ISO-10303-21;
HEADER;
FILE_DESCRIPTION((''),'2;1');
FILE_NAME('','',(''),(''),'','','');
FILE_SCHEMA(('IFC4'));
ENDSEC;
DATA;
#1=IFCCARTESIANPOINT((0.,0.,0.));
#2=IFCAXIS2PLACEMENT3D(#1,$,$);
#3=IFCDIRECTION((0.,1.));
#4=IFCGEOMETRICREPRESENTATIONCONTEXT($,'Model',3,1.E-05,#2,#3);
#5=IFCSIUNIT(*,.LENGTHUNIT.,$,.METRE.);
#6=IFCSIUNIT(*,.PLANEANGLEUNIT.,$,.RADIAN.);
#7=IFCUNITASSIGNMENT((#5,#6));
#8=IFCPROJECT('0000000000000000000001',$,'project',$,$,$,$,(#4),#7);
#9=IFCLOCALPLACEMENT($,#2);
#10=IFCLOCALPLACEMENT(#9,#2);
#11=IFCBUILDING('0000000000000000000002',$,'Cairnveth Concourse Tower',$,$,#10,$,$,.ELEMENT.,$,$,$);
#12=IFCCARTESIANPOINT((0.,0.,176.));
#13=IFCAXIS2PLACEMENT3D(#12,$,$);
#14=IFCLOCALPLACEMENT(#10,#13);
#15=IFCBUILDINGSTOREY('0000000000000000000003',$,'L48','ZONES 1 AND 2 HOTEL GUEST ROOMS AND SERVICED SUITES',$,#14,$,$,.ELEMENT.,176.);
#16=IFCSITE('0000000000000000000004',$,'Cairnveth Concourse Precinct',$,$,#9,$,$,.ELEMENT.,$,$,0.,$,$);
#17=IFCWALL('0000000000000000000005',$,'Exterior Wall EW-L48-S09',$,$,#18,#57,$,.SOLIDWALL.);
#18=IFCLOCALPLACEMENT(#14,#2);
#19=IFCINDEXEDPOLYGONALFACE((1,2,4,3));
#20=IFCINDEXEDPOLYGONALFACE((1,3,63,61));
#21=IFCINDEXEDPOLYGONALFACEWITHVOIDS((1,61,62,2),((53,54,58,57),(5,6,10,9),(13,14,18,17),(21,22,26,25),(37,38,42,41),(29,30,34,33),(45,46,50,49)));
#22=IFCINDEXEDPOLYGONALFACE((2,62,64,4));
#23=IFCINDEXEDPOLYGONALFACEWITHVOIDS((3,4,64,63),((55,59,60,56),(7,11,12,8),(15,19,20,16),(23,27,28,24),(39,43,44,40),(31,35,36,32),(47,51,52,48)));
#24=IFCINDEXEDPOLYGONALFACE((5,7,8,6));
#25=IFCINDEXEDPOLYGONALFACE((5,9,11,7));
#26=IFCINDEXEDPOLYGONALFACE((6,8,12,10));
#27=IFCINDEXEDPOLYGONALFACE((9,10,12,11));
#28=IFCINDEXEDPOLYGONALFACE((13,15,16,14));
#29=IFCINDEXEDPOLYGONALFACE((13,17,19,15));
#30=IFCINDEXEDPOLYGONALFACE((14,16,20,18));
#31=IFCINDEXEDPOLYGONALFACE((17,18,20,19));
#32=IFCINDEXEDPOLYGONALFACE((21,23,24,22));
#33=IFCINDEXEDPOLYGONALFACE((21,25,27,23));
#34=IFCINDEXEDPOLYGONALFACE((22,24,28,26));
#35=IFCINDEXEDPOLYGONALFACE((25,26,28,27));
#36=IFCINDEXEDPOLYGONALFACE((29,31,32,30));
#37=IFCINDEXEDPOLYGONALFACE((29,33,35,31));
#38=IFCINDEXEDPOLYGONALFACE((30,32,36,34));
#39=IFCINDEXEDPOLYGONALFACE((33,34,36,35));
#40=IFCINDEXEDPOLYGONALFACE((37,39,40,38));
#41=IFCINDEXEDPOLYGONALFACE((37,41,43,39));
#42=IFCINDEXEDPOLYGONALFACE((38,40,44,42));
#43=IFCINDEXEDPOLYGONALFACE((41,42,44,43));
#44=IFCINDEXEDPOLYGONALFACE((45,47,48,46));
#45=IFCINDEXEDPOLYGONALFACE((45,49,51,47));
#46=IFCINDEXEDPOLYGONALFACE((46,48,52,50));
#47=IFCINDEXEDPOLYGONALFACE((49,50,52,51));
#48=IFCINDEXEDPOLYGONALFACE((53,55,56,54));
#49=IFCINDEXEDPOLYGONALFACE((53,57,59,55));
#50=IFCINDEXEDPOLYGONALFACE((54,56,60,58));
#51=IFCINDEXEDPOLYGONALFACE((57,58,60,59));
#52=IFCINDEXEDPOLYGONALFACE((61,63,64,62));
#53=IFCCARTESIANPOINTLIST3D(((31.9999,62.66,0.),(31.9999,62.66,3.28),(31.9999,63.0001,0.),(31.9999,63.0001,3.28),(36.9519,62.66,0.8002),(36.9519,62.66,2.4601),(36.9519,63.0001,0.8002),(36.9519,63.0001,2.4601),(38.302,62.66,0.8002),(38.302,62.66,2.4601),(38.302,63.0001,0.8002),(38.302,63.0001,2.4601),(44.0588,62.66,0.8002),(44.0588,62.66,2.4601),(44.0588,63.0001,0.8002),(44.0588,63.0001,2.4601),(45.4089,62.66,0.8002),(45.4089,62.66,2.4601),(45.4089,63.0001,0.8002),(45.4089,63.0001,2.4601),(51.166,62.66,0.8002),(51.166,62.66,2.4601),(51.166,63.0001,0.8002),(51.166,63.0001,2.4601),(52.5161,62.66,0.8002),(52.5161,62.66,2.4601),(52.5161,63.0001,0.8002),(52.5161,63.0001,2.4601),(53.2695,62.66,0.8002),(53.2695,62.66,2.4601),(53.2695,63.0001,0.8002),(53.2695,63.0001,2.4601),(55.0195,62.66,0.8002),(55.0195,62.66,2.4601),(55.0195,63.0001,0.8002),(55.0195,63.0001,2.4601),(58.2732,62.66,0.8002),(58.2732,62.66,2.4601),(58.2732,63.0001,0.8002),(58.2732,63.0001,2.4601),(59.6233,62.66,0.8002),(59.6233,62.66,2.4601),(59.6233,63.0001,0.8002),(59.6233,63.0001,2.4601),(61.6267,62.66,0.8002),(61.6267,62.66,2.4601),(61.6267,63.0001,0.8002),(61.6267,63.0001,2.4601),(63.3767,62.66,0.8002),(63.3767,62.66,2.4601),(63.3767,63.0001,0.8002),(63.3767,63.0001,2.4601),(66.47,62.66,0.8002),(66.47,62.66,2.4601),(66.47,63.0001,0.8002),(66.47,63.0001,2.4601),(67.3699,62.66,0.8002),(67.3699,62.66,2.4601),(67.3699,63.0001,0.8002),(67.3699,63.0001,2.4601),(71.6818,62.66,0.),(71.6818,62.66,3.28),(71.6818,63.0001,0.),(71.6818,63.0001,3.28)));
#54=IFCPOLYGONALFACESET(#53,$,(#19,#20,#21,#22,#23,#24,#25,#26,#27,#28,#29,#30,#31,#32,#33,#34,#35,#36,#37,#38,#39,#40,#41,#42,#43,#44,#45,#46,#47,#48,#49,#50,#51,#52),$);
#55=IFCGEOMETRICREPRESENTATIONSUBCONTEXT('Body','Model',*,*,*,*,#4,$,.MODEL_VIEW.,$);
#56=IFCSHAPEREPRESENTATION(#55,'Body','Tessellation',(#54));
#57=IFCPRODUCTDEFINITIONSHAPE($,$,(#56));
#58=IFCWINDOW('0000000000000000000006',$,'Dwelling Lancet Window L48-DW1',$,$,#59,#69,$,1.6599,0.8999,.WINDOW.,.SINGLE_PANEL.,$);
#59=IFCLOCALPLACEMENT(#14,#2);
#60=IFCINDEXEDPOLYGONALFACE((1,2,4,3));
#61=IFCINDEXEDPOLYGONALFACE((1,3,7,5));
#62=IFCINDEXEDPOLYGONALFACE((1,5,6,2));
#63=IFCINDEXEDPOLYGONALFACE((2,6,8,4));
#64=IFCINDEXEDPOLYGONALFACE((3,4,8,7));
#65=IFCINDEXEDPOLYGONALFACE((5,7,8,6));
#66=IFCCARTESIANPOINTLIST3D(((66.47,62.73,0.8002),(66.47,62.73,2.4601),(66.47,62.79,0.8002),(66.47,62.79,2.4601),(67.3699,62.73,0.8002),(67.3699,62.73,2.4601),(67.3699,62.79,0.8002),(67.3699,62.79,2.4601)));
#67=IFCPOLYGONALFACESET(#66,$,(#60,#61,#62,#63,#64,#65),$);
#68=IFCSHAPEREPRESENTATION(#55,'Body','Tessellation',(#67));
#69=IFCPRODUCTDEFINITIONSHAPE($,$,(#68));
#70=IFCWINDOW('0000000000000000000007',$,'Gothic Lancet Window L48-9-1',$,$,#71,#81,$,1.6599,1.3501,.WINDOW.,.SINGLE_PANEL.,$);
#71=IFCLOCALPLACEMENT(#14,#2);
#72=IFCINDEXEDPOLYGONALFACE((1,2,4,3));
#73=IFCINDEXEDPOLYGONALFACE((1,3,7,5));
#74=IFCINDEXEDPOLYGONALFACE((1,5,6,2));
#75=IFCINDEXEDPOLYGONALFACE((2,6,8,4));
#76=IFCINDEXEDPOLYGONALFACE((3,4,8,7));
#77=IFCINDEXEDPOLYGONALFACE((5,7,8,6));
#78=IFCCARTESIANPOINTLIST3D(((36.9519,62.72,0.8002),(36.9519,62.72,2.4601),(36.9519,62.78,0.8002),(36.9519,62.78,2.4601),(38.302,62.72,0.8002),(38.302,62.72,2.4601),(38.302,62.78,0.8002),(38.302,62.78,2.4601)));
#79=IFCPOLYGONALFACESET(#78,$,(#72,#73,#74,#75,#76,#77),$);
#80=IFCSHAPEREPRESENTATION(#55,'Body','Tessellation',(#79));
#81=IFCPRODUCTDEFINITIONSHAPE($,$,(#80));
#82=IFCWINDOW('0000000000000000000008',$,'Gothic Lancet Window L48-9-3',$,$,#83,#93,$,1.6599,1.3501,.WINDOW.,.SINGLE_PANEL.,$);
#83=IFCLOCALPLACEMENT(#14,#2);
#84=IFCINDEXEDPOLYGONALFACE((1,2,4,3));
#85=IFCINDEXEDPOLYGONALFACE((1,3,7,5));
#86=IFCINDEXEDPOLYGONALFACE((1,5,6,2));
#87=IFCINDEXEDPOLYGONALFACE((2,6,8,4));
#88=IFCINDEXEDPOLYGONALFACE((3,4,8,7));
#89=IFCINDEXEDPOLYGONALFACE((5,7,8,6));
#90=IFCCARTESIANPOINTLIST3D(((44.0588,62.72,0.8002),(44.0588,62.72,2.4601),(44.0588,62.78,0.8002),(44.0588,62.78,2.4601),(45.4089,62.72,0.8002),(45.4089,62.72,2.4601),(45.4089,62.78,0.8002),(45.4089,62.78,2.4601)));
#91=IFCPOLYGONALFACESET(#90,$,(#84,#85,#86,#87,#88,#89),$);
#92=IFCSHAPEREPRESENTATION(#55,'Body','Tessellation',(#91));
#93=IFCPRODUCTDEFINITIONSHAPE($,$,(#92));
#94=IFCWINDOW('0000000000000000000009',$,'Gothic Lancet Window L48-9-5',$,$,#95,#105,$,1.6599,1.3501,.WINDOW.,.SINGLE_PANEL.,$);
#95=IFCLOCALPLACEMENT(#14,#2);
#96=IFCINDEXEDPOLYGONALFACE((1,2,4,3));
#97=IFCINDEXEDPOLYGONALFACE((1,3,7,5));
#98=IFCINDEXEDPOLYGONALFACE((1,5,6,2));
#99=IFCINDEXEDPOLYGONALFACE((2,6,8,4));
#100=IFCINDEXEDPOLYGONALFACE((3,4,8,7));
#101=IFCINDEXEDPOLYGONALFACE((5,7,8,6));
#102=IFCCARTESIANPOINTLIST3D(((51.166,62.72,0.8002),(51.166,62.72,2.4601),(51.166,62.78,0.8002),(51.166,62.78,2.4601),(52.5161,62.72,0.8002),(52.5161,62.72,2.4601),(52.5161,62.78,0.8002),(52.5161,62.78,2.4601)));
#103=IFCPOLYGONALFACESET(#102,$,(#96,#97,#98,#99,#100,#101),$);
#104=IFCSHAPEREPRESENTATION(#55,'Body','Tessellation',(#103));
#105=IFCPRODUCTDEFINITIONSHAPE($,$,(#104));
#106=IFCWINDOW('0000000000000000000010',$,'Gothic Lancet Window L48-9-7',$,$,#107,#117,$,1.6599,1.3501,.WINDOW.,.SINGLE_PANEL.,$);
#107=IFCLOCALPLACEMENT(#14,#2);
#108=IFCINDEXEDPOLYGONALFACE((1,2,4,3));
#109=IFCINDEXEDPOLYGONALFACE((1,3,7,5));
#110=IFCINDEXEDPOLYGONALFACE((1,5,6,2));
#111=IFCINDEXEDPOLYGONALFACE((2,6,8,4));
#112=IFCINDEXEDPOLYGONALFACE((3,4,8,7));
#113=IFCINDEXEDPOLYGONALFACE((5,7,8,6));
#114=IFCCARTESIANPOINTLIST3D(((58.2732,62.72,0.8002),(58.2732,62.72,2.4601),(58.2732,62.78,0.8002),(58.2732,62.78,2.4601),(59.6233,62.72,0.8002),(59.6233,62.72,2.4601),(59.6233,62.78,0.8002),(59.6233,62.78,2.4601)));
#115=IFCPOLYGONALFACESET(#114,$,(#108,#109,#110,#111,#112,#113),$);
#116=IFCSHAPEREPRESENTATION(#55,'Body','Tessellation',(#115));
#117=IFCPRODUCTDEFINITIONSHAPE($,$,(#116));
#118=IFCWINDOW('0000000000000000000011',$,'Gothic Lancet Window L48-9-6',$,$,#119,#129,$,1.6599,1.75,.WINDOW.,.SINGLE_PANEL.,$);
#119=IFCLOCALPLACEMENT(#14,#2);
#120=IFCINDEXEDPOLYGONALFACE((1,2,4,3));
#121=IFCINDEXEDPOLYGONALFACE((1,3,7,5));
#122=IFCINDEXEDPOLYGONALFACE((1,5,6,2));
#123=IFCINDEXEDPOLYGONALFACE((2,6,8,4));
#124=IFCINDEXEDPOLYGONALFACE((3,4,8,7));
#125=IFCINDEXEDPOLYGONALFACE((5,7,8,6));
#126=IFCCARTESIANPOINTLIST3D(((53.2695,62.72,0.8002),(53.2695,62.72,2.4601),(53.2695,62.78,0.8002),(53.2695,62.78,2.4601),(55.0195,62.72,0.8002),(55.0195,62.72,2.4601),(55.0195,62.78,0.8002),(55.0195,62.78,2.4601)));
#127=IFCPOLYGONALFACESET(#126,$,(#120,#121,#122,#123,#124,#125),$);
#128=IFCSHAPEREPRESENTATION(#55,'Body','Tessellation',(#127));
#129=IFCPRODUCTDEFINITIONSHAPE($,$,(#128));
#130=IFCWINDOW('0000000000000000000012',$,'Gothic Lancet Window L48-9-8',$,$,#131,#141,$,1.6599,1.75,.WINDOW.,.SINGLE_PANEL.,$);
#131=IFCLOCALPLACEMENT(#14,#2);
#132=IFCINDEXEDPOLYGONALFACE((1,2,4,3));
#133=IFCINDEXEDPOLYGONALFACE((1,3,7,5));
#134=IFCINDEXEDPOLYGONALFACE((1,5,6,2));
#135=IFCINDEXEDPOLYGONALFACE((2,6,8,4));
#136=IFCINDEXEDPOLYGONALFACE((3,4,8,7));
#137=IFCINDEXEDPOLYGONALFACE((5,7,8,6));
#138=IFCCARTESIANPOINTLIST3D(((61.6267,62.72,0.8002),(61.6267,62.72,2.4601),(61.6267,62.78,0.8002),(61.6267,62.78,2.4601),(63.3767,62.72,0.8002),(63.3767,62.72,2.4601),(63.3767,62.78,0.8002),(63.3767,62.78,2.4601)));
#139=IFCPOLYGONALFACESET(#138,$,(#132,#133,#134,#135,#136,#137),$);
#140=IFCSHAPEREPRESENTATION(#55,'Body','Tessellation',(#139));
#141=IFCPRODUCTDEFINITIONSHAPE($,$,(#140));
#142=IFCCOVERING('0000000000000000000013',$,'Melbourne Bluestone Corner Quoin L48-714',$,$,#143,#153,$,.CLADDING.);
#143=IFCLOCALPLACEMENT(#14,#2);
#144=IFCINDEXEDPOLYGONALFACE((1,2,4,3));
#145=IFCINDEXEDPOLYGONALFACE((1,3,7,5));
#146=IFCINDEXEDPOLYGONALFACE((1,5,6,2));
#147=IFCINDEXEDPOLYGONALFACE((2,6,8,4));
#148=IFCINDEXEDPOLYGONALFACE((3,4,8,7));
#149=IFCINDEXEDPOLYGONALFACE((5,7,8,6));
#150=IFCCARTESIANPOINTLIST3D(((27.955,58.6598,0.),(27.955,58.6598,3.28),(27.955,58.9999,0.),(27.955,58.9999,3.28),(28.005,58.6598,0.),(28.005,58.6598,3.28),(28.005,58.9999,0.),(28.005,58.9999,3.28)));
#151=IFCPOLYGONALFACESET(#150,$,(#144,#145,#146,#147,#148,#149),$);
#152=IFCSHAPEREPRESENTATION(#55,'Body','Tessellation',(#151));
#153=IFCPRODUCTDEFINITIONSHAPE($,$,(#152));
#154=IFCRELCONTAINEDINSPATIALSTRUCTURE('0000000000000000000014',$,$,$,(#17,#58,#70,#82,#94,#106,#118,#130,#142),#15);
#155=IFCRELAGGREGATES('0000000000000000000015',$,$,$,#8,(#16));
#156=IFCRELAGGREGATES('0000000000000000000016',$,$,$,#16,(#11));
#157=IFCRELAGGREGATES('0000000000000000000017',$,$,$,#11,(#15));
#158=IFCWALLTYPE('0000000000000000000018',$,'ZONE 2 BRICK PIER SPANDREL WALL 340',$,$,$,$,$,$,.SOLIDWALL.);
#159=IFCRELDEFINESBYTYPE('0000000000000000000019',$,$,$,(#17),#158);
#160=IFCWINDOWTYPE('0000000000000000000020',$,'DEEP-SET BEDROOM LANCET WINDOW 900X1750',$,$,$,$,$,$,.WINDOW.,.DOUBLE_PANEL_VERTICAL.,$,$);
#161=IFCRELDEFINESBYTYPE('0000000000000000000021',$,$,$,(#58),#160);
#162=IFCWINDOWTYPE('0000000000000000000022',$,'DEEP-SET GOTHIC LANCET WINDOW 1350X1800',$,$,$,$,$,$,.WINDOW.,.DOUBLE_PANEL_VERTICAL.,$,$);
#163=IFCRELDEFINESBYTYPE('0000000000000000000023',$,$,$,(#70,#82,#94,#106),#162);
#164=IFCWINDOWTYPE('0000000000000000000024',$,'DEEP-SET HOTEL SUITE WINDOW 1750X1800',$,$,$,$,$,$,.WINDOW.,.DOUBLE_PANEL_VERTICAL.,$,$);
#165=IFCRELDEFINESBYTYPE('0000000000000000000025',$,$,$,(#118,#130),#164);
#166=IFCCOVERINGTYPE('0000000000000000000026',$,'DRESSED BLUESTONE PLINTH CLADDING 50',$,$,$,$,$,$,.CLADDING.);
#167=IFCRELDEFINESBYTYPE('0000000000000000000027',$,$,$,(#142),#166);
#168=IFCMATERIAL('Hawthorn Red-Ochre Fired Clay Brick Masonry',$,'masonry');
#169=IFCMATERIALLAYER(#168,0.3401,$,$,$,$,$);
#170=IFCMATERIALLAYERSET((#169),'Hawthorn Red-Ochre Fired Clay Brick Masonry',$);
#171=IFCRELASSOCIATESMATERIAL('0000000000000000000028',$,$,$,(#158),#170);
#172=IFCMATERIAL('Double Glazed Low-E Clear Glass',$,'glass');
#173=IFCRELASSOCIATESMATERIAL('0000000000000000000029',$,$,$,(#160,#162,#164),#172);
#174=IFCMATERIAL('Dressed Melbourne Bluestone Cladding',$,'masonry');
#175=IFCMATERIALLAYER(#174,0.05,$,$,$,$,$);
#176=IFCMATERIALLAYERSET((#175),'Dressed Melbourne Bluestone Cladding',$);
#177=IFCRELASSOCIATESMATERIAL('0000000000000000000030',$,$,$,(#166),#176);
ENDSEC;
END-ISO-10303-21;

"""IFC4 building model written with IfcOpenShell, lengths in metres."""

from ifc_helpers import new_model, si_unit, direction, frame, frame_2d, origin, place, context, subcontext, project, spatial, rectangle, extrude, material, layer, layer_set, type_object, element, fill, save


model = new_model("IFC4")

# Units and contexts
model_context = context("Model", 3, precision=1e-05, world=origin(), true_north=direction((0.0, 1.0)))
body_context = subcontext(model_context, "Body", "Model", "MODEL_VIEW")
ifc_project = project(units=[si_unit("LENGTHUNIT", "METRE"), si_unit("PLANEANGLEUNIT", "RADIAN")], contexts=[model_context])

# Site, building, storey
site_placement = place(None, origin())
site = spatial("IfcSite", under=ifc_project, at=site_placement, Name="Cairnveth Concourse Precinct", CompositionType="ELEMENT", RefElevation=0.0)
building_placement = place(site_placement, origin())
building = spatial("IfcBuilding", under=site, at=building_placement, Name="Cairnveth Concourse Tower", CompositionType="ELEMENT")
storey_placement = place(building_placement, frame((0.0, 0.0, 176.0)))
storey = spatial("IfcBuildingStorey", under=building, at=storey_placement, Name="L48", Description="ZONES 1 AND 2 HOTEL GUEST ROOMS AND SERVICED SUITES", CompositionType="ELEMENT", Elevation=176.0)

# Shared definitions
ifc_material_1 = material(Name="Hawthorn Red-Ochre Fired Clay Brick Masonry", Category="masonry")
ifc_layer_1 = layer(ifc_material_1, 0.3401)
ifc_layer_set_1 = layer_set([ifc_layer_1], Name="Hawthorn Red-Ochre Fired Clay Brick Masonry")
wall_type_1 = type_object("IfcWallType", Name="ZONE 2 BRICK PIER SPANDREL WALL 340", PredefinedType="SOLIDWALL", material=ifc_layer_set_1)

# Wall, openings, windows
wall_1_placement = place(storey_placement, frame((32.0, 62.8301, 0.0), z_axis=(0.0, 0.0, 1.0), x_axis=(1.0, 0.0, 0.0)))
wall_1 = element("IfcWall", 1, at=wall_1_placement, inside=storey, type_object=wall_type_1, Name="Exterior Wall EW-L48-S09", PredefinedType="SOLIDWALL", context=body_context, shape_type="SweptSolid", body=[
    extrude(rectangle(XDim=39.6819, YDim=0.3401, at=frame_2d((19.8408, 0.0))), origin(), (0.0, 0.0, 1.0), 3.28),
])
opening_1_placement = place(wall_1_placement, frame((4.9519, 0.0, 0.8)))
opening_1 = element("IfcOpeningElement", 2, at=opening_1_placement, cuts=wall_1, PredefinedType="OPENING", context=body_context, shape_type="SweptSolid", body=[
    extrude(rectangle(XDim=1.3501, YDim=1.6599, at=frame_2d((0.675, 0.8301))), frame((0.0, 0.1799, 0.0), z_axis=(0.0, -1.0, 0.0), x_axis=(1.0, 0.0, 0.0)), (0.0, 0.0, 1.0), 0.3601),
])
opening_2_placement = place(wall_1_placement, frame((12.0588, 0.0, 0.8)))
opening_2 = element("IfcOpeningElement", 3, at=opening_2_placement, cuts=wall_1, PredefinedType="OPENING", context=body_context, shape_type="SweptSolid", body=[
    extrude(rectangle(XDim=1.3501, YDim=1.6599, at=frame_2d((0.675, 0.8301))), frame((0.0, 0.1799, 0.0), z_axis=(0.0, -1.0, 0.0), x_axis=(1.0, 0.0, 0.0)), (0.0, 0.0, 1.0), 0.3601),
])
opening_3_placement = place(wall_1_placement, frame((19.166, 0.0, 0.8)))
opening_3 = element("IfcOpeningElement", 4, at=opening_3_placement, cuts=wall_1, PredefinedType="OPENING", context=body_context, shape_type="SweptSolid", body=[
    extrude(rectangle(XDim=1.3501, YDim=1.6599, at=frame_2d((0.675, 0.8301))), frame((0.0, 0.1799, 0.0), z_axis=(0.0, -1.0, 0.0), x_axis=(1.0, 0.0, 0.0)), (0.0, 0.0, 1.0), 0.3601),
])
opening_4_placement = place(wall_1_placement, frame((21.2695, 0.0, 0.8)))
opening_4 = element("IfcOpeningElement", 5, at=opening_4_placement, cuts=wall_1, PredefinedType="OPENING", context=body_context, shape_type="SweptSolid", body=[
    extrude(rectangle(XDim=1.75, YDim=1.6599, at=frame_2d((0.875, 0.8301))), frame((0.0, 0.1799, 0.0), z_axis=(0.0, -1.0, 0.0), x_axis=(1.0, 0.0, 0.0)), (0.0, 0.0, 1.0), 0.3601),
])
opening_5_placement = place(wall_1_placement, frame((26.2732, 0.0, 0.8)))
opening_5 = element("IfcOpeningElement", 6, at=opening_5_placement, cuts=wall_1, PredefinedType="OPENING", context=body_context, shape_type="SweptSolid", body=[
    extrude(rectangle(XDim=1.3501, YDim=1.6599, at=frame_2d((0.675, 0.8301))), frame((0.0, 0.1799, 0.0), z_axis=(0.0, -1.0, 0.0), x_axis=(1.0, 0.0, 0.0)), (0.0, 0.0, 1.0), 0.3601),
])
opening_6_placement = place(wall_1_placement, frame((29.6267, 0.0, 0.8)))
opening_6 = element("IfcOpeningElement", 7, at=opening_6_placement, cuts=wall_1, PredefinedType="OPENING", context=body_context, shape_type="SweptSolid", body=[
    extrude(rectangle(XDim=1.75, YDim=1.6599, at=frame_2d((0.875, 0.8301))), frame((0.0, 0.1799, 0.0), z_axis=(0.0, -1.0, 0.0), x_axis=(1.0, 0.0, 0.0)), (0.0, 0.0, 1.0), 0.3601),
])
opening_7_placement = place(wall_1_placement, frame((34.47, 0.0, 0.8)))
opening_7 = element("IfcOpeningElement", 8, at=opening_7_placement, cuts=wall_1, PredefinedType="OPENING", context=body_context, shape_type="SweptSolid", body=[
    extrude(rectangle(XDim=0.8999, YDim=1.6599, at=frame_2d((0.45, 0.8301))), frame((0.0, 0.1799, 0.0), z_axis=(0.0, -1.0, 0.0), x_axis=(1.0, 0.0, 0.0)), (0.0, 0.0, 1.0), 0.3601),
])
ifc_material_2 = material(Name="Double Glazed Low-E Clear Glass", Category="glass")
window_type_1 = type_object("IfcWindowType", Name="DEEP-SET BEDROOM LANCET WINDOW 900X1750", PartitioningType="DOUBLE_PANEL_VERTICAL", PredefinedType="WINDOW", material=ifc_material_2)
window_1_placement = place(opening_7_placement, origin())
window_1 = element("IfcWindow", 9, at=window_1_placement, inside=storey, type_object=window_type_1, Name="Dwelling Lancet Window L48-DW1", OverallHeight=1.6599, OverallWidth=0.8999, PartitioningType="SINGLE_PANEL", PredefinedType="WINDOW", context=body_context, shape_type="SweptSolid", body=[
    extrude(rectangle(XDim=0.8999, YDim=1.6599, at=frame_2d((0.45, 0.8301))), frame((0.0, -0.04, 0.0), z_axis=(0.0, -1.0, 0.0), x_axis=(1.0, 0.0, 0.0)), (0.0, 0.0, 1.0), 0.0601),
])
fill(opening_7, window_1)
window_type_2 = type_object("IfcWindowType", Name="DEEP-SET GOTHIC LANCET WINDOW 1350X1800", PartitioningType="DOUBLE_PANEL_VERTICAL", PredefinedType="WINDOW", material=ifc_material_2)
window_2_placement = place(opening_1_placement, origin())
window_2 = element("IfcWindow", 10, at=window_2_placement, inside=storey, type_object=window_type_2, Name="Gothic Lancet Window L48-9-1", OverallHeight=1.6599, OverallWidth=1.3501, PartitioningType="SINGLE_PANEL", PredefinedType="WINDOW", context=body_context, shape_type="SweptSolid", body=[
    extrude(rectangle(XDim=1.3501, YDim=1.6599, at=frame_2d((0.675, 0.8301))), frame((0.0, -0.05, 0.0), z_axis=(0.0, -1.0, 0.0), x_axis=(1.0, 0.0, 0.0)), (0.0, 0.0, 1.0), 0.0601),
])
fill(opening_1, window_2)
window_3_placement = place(opening_2_placement, origin())
window_3 = element("IfcWindow", 11, at=window_3_placement, inside=storey, type_object=window_type_2, Name="Gothic Lancet Window L48-9-3", OverallHeight=1.6599, OverallWidth=1.3501, PartitioningType="SINGLE_PANEL", PredefinedType="WINDOW", context=body_context, shape_type="SweptSolid", body=[
    extrude(rectangle(XDim=1.3501, YDim=1.6599, at=frame_2d((0.675, 0.8301))), frame((0.0, -0.05, 0.0), z_axis=(0.0, -1.0, 0.0), x_axis=(1.0, 0.0, 0.0)), (0.0, 0.0, 1.0), 0.0601),
])
fill(opening_2, window_3)
window_4_placement = place(opening_3_placement, origin())
window_4 = element("IfcWindow", 12, at=window_4_placement, inside=storey, type_object=window_type_2, Name="Gothic Lancet Window L48-9-5", OverallHeight=1.6599, OverallWidth=1.3501, PartitioningType="SINGLE_PANEL", PredefinedType="WINDOW", context=body_context, shape_type="SweptSolid", body=[
    extrude(rectangle(XDim=1.3501, YDim=1.6599, at=frame_2d((0.675, 0.8301))), frame((0.0, -0.05, 0.0), z_axis=(0.0, -1.0, 0.0), x_axis=(1.0, 0.0, 0.0)), (0.0, 0.0, 1.0), 0.0601),
])
fill(opening_3, window_4)
window_5_placement = place(opening_5_placement, origin())
window_5 = element("IfcWindow", 13, at=window_5_placement, inside=storey, type_object=window_type_2, Name="Gothic Lancet Window L48-9-7", OverallHeight=1.6599, OverallWidth=1.3501, PartitioningType="SINGLE_PANEL", PredefinedType="WINDOW", context=body_context, shape_type="SweptSolid", body=[
    extrude(rectangle(XDim=1.3501, YDim=1.6599, at=frame_2d((0.675, 0.8301))), frame((0.0, -0.05, 0.0), z_axis=(0.0, -1.0, 0.0), x_axis=(1.0, 0.0, 0.0)), (0.0, 0.0, 1.0), 0.0601),
])
fill(opening_5, window_5)
window_type_3 = type_object("IfcWindowType", Name="DEEP-SET HOTEL SUITE WINDOW 1750X1800", PartitioningType="DOUBLE_PANEL_VERTICAL", PredefinedType="WINDOW", material=ifc_material_2)
window_6_placement = place(opening_4_placement, origin())
window_6 = element("IfcWindow", 14, at=window_6_placement, inside=storey, type_object=window_type_3, Name="Gothic Lancet Window L48-9-6", OverallHeight=1.6599, OverallWidth=1.75, PartitioningType="SINGLE_PANEL", PredefinedType="WINDOW", context=body_context, shape_type="SweptSolid", body=[
    extrude(rectangle(XDim=1.75, YDim=1.6599, at=frame_2d((0.875, 0.8301))), frame((0.0, -0.05, 0.0), z_axis=(0.0, -1.0, 0.0), x_axis=(1.0, 0.0, 0.0)), (0.0, 0.0, 1.0), 0.0601),
])
fill(opening_4, window_6)
window_7_placement = place(opening_6_placement, origin())
window_7 = element("IfcWindow", 15, at=window_7_placement, inside=storey, type_object=window_type_3, Name="Gothic Lancet Window L48-9-8", OverallHeight=1.6599, OverallWidth=1.75, PartitioningType="SINGLE_PANEL", PredefinedType="WINDOW", context=body_context, shape_type="SweptSolid", body=[
    extrude(rectangle(XDim=1.75, YDim=1.6599, at=frame_2d((0.875, 0.8301))), frame((0.0, -0.05, 0.0), z_axis=(0.0, -1.0, 0.0), x_axis=(1.0, 0.0, 0.0)), (0.0, 0.0, 1.0), 0.0601),
])
fill(opening_6, window_7)

# Covering
ifc_material_3 = material(Name="Dressed Melbourne Bluestone Cladding", Category="masonry")
ifc_layer_2 = layer(ifc_material_3, 0.05)
ifc_layer_set_2 = layer_set([ifc_layer_2], Name="Dressed Melbourne Bluestone Cladding")
covering_type = type_object("IfcCoveringType", Name="DRESSED BLUESTONE PLINTH CLADDING 50", PredefinedType="CLADDING", material=ifc_layer_set_2)
for number, where, z_axis, x_axis, name in (
    (16, (27.98, 58.6599, 0.0), (0.0, 0.0, 1.0), (0.0, 1.0, 0.0), "Melbourne Bluestone Corner Quoin L48-714"),
):
    element("IfcCovering", number, at=place(storey_placement, frame(where, z_axis=z_axis, x_axis=x_axis)), inside=storey, type_object=covering_type, Name=name, PredefinedType="CLADDING", context=body_context, shape_type="SweptSolid", body=[
        extrude(rectangle(XDim=0.3401, YDim=0.05, at=frame_2d((0.1699, 0.0))), origin(), (0.0, 0.0, 1.0), 3.28),
    ])

save(model, "model.ifc")
